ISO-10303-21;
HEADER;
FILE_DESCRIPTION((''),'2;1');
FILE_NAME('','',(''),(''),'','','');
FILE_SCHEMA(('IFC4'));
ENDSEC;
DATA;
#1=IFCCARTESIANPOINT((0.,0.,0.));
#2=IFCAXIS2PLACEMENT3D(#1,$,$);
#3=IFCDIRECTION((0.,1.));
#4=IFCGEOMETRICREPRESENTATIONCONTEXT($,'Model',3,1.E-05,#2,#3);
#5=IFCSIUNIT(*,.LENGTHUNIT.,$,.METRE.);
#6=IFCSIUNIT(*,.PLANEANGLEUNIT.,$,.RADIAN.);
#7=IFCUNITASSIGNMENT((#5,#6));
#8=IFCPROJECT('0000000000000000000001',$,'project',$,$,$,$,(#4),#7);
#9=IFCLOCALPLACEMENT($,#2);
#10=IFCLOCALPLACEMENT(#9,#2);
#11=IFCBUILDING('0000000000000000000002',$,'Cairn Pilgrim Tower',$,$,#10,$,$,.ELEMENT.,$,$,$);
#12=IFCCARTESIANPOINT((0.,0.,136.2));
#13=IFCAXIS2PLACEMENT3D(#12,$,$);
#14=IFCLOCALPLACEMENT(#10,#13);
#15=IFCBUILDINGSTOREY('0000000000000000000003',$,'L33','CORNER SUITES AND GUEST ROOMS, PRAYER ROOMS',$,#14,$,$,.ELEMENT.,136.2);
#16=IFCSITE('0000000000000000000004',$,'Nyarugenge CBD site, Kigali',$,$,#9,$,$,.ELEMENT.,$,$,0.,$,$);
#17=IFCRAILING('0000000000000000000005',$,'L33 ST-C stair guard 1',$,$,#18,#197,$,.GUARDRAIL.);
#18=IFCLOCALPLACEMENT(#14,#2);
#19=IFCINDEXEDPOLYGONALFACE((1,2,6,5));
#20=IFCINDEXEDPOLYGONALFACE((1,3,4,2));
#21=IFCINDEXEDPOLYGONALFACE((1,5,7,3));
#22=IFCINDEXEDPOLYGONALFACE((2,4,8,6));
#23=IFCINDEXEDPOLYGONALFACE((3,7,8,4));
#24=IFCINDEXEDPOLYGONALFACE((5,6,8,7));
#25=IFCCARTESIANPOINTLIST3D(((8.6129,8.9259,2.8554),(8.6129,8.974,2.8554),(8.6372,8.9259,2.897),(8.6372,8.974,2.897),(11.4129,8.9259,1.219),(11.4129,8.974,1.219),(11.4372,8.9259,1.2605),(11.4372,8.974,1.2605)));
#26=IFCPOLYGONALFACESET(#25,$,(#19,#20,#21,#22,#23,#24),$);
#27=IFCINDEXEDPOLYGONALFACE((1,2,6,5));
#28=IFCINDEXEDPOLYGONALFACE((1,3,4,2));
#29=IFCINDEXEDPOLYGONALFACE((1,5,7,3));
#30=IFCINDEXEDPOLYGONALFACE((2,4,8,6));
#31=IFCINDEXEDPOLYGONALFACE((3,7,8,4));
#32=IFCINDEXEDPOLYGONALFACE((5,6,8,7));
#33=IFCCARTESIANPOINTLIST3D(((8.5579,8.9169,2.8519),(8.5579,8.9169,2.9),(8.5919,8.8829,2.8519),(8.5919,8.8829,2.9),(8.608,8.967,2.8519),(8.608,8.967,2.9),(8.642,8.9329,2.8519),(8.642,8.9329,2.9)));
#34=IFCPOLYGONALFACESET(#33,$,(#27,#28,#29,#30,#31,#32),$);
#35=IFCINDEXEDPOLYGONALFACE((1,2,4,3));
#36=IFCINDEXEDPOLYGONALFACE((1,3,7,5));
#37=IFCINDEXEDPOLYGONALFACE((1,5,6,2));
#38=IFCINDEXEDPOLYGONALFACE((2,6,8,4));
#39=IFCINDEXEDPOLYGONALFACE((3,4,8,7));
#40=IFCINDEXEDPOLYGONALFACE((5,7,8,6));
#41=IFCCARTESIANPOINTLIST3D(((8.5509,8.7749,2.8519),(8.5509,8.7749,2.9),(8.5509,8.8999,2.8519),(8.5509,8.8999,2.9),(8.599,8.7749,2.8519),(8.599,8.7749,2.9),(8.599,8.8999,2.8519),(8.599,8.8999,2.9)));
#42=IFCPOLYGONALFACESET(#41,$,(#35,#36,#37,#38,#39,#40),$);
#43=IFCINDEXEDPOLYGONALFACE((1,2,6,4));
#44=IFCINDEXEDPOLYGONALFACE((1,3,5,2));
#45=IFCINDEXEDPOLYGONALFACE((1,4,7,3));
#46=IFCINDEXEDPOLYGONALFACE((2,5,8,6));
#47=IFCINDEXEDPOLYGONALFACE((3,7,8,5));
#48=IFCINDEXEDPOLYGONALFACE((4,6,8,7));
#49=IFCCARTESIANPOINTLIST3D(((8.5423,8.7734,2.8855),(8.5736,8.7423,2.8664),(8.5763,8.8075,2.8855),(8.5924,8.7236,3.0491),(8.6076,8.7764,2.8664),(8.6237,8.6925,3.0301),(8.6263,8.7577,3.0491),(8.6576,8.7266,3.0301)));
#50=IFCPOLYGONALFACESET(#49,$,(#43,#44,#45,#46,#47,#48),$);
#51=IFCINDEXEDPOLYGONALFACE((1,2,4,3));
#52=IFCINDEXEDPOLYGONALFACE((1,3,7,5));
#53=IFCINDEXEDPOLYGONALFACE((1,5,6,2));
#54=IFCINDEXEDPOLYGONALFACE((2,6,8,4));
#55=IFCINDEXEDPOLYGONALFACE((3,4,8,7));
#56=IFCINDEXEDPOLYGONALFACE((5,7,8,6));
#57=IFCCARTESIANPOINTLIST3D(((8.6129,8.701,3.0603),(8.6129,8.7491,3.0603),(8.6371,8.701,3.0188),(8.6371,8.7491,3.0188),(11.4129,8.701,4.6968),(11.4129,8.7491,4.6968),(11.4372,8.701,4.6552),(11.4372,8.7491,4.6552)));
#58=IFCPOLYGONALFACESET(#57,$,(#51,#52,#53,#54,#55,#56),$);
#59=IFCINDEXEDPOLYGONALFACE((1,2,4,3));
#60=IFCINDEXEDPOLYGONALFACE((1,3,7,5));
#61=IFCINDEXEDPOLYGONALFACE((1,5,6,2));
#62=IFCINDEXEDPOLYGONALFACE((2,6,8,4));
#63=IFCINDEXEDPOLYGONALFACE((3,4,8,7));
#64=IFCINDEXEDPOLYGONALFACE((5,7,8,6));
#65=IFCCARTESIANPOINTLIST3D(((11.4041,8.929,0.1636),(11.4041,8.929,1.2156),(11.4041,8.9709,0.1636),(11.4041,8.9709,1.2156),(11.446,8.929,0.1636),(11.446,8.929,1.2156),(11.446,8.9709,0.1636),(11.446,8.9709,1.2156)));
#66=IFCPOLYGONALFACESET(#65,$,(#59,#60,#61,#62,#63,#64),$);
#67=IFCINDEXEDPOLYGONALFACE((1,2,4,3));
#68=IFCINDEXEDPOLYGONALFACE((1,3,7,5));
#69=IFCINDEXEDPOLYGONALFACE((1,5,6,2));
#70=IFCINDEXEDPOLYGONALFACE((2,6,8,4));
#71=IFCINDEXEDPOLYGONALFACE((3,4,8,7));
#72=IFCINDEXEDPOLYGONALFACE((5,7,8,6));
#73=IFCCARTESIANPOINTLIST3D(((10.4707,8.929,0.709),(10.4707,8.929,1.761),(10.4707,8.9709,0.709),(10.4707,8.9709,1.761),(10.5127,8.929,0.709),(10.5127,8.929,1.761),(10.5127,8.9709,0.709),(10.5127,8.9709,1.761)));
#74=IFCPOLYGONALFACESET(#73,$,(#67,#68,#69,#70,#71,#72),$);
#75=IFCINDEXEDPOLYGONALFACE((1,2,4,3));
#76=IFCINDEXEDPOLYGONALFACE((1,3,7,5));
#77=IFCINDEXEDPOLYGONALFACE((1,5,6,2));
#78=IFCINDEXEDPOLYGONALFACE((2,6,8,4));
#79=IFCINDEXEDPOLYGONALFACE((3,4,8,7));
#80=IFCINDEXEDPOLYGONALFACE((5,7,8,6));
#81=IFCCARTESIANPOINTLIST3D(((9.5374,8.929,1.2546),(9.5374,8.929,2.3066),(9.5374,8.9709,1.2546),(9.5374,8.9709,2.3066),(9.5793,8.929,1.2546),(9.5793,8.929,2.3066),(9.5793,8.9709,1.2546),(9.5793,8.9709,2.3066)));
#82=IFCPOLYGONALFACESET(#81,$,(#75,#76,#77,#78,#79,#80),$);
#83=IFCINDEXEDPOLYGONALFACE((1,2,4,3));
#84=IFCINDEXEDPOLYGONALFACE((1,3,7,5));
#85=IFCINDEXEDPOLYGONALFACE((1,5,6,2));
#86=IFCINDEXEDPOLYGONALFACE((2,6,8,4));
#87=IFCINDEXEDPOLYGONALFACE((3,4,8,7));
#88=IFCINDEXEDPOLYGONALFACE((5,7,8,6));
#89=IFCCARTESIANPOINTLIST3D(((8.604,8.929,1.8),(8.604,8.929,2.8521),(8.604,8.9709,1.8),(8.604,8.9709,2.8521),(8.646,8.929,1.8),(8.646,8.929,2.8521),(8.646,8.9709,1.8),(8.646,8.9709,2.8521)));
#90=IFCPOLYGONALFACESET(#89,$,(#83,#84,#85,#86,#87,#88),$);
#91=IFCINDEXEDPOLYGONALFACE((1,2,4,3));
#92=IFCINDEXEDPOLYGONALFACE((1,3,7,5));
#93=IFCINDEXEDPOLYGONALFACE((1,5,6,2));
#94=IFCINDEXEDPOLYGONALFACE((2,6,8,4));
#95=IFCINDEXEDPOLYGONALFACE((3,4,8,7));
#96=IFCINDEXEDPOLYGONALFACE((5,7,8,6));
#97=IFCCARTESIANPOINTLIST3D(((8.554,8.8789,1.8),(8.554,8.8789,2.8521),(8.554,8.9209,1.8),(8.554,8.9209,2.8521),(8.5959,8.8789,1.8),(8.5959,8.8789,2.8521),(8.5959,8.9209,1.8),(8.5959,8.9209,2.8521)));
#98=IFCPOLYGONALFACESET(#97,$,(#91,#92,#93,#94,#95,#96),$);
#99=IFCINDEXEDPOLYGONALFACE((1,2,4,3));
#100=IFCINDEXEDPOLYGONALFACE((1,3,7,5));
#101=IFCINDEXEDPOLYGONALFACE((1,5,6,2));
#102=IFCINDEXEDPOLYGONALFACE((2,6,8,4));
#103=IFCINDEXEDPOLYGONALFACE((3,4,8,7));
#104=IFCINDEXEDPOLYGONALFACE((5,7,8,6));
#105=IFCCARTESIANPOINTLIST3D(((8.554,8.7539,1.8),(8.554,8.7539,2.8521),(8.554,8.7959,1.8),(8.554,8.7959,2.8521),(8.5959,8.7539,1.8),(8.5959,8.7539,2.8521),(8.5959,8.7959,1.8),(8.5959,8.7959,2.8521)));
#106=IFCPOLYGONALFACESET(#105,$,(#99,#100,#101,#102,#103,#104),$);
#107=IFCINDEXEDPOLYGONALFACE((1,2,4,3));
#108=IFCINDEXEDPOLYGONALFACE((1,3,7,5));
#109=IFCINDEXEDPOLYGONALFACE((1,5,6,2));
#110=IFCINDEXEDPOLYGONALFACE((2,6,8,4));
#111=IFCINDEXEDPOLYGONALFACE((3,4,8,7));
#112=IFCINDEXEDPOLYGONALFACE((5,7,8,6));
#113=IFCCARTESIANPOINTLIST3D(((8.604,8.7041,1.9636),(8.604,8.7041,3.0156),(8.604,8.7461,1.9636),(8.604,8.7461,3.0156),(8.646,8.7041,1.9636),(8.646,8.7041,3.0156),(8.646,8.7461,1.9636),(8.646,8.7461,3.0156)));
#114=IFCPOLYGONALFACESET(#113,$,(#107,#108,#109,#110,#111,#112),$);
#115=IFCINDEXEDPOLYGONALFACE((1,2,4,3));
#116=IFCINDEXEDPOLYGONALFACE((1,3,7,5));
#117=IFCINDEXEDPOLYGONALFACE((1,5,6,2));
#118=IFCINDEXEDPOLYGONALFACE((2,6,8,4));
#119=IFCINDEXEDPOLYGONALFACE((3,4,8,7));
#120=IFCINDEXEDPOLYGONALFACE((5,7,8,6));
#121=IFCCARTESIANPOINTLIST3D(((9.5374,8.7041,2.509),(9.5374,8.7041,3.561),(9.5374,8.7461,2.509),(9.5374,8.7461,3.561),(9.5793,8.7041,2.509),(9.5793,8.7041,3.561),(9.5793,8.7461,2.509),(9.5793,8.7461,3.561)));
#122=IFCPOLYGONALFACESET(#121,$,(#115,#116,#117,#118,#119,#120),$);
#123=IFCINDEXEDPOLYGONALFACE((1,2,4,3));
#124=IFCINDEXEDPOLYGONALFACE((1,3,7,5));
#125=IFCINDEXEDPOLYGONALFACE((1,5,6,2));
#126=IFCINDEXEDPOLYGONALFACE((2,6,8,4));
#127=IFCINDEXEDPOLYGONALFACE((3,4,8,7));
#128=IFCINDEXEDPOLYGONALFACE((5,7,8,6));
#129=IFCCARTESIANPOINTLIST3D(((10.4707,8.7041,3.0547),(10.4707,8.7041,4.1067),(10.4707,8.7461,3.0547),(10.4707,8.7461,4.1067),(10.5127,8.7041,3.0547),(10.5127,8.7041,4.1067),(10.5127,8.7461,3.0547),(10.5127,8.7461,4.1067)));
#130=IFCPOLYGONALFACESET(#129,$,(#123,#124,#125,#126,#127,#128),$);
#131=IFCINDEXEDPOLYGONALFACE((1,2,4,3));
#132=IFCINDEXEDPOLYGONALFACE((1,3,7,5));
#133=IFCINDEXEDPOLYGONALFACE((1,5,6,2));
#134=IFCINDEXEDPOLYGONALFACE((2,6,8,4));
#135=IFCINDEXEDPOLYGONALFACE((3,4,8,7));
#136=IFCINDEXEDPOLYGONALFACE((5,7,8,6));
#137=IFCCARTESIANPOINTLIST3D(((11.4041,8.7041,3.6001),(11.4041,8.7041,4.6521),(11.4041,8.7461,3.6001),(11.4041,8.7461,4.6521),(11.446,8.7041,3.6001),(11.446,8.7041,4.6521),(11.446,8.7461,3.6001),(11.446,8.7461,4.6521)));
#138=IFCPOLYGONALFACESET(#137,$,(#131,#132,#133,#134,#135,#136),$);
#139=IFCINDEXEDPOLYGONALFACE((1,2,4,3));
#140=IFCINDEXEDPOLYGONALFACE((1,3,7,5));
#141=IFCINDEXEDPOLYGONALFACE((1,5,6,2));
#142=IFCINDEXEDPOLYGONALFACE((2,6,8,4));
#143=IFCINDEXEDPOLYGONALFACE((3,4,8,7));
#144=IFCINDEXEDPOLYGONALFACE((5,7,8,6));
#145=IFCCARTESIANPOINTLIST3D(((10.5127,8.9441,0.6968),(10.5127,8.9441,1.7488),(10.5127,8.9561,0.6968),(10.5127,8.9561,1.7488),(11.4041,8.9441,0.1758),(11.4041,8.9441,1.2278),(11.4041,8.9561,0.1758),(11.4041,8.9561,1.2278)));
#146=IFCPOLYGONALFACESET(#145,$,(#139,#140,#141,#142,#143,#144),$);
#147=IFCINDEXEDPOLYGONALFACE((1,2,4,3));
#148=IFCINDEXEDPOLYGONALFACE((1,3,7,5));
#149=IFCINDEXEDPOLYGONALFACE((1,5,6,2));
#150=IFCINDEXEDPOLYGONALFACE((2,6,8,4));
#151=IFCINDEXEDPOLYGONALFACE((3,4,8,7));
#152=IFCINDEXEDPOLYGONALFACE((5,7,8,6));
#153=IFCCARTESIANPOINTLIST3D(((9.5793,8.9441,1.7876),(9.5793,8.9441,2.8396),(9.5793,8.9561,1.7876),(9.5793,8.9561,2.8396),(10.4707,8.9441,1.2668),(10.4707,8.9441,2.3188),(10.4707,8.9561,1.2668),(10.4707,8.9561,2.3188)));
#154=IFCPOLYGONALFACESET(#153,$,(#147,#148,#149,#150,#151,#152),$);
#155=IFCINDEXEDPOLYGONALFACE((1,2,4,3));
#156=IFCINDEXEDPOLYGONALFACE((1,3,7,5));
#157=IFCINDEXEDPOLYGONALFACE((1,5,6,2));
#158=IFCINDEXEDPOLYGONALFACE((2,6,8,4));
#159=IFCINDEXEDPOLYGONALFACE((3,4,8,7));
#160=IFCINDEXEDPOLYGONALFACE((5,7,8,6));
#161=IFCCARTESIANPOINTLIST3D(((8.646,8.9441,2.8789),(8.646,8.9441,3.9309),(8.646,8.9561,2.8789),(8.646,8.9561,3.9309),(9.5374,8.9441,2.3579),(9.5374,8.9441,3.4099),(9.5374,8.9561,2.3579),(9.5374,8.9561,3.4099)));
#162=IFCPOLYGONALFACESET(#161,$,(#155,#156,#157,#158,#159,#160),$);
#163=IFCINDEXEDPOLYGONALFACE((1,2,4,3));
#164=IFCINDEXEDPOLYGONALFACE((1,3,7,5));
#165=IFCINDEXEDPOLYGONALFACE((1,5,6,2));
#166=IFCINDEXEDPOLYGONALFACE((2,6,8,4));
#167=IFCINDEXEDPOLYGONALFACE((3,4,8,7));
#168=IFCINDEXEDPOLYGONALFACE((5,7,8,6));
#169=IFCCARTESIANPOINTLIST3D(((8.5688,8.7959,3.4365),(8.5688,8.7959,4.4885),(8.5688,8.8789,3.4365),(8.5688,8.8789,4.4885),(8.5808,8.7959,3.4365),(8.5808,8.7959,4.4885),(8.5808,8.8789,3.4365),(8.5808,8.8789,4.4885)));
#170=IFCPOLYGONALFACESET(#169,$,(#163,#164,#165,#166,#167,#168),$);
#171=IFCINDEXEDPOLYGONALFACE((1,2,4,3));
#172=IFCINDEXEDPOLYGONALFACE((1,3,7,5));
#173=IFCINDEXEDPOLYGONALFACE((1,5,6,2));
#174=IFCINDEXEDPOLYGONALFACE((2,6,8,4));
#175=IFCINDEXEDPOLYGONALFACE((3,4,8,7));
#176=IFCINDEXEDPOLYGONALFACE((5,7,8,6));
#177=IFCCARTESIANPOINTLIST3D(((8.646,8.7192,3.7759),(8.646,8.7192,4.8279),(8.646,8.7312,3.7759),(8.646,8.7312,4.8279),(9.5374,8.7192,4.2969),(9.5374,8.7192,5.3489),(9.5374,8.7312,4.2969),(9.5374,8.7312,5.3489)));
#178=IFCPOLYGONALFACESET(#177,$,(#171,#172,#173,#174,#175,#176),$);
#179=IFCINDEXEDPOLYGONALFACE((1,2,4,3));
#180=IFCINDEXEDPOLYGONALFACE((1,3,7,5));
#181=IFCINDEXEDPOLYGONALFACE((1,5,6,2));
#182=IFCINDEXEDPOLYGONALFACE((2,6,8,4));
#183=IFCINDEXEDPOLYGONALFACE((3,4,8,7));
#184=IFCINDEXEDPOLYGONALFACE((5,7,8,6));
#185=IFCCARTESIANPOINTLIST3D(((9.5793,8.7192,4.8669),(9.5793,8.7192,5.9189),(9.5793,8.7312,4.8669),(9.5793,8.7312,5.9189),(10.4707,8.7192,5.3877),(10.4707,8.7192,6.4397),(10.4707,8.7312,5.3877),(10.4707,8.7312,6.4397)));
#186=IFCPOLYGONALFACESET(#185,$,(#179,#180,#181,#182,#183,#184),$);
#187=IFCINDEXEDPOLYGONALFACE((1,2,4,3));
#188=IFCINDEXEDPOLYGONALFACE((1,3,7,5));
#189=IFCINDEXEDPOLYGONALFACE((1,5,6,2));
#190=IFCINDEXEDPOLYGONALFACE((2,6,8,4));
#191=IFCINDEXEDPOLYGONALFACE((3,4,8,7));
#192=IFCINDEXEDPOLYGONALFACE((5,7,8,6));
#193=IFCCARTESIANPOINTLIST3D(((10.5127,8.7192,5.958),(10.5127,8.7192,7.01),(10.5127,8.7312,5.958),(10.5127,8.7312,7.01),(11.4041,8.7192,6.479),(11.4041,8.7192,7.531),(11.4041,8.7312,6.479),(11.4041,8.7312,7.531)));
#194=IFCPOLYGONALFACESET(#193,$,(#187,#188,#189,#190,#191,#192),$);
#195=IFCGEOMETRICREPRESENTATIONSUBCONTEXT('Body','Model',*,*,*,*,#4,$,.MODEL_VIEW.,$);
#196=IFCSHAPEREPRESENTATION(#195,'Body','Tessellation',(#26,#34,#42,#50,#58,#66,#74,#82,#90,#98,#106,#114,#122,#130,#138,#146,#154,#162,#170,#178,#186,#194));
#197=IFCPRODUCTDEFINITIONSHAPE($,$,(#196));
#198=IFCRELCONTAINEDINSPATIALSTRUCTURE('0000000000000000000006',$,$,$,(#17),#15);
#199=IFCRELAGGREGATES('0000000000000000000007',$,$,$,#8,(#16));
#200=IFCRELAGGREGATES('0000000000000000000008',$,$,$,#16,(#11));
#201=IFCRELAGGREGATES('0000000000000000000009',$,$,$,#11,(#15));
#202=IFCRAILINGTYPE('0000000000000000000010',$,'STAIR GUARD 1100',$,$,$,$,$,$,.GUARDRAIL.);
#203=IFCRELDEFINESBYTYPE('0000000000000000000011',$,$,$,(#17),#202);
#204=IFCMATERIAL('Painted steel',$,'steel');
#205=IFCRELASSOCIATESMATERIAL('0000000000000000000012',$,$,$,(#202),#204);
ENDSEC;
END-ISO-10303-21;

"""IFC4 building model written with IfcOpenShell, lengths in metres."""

from ifc_helpers import new_model, si_unit, direction, frame, origin, origin_2d, place, context, subcontext, project, spatial, polyline, rectangle, outline, extrude, material, type_object, element, save


model = new_model("IFC4")

# Units and contexts
model_context = context("Model", 3, precision=1e-05, world=origin(), true_north=direction((0.0, 1.0)))
body_context = subcontext(model_context, "Body", "Model", "MODEL_VIEW")
ifc_project = project(units=[si_unit("LENGTHUNIT", "METRE"), si_unit("PLANEANGLEUNIT", "RADIAN")], contexts=[model_context])

# Site, building, storey
site_placement = place(None, origin())
site = spatial("IfcSite", under=ifc_project, at=site_placement, Name="Nyarugenge CBD site, Kigali", CompositionType="ELEMENT", RefElevation=0.0)
building_placement = place(site_placement, origin())
building = spatial("IfcBuilding", under=site, at=building_placement, Name="Cairn Pilgrim Tower", CompositionType="ELEMENT")
storey_placement = place(building_placement, frame((0.0, 0.0, 136.2)))
storey = spatial("IfcBuildingStorey", under=building, at=storey_placement, Name="L33", Description="CORNER SUITES AND GUEST ROOMS, PRAYER ROOMS", CompositionType="ELEMENT", Elevation=136.2)

# Shared definitions
ifc_material_1 = material(Name="Painted steel", Category="steel")

# Railing
railing_type_1 = type_object("IfcRailingType", Name="STAIR GUARD 1100", PredefinedType="GUARDRAIL", material=ifc_material_1)
railing_1_placement = place(storey_placement, frame((11.425, 8.95, 0.1636)))
element("IfcRailing", 1, at=railing_1_placement, inside=storey, type_object=railing_type_1, Name="L33 ST-C stair guard 1", PredefinedType="GUARDRAIL", context=body_context, shape_type="SweptSolid", body=[
    extrude(rectangle(XDim=0.0481, YDim=0.0481, at=origin_2d()), frame((0.0, 0.0, 1.0762), z_axis=(-0.863361, 0.0, 0.504587), x_axis=(0.0, -1.0, 0.0)), (0.0, 0.0, 1.0), 3.2432),
    extrude(rectangle(XDim=0.0481, YDim=0.0481, at=origin_2d()), frame((-2.8, 0.0, 2.7124), z_axis=(-0.707107, -0.707107, 0.0), x_axis=(0.707107, -0.707107, 0.0)), (0.0, 0.0, 1.0), 0.0708),
    extrude(rectangle(XDim=0.0481, YDim=0.0481, at=origin_2d()), frame((-2.8501, -0.05, 2.7124), z_axis=(0.0, -1.0, 0.0), x_axis=(1.0, 0.0, 0.0)), (0.0, 0.0, 1.0), 0.125),
    extrude(rectangle(XDim=0.0481, YDim=0.0481, at=origin_2d()), frame((-2.8501, -0.175, 2.7124), z_axis=(0.280917, -0.279546, 0.918118), x_axis=(0.705376, 0.708834, 0.0)), (0.0, 0.0, 1.0), 0.1782),
    extrude(rectangle(XDim=0.0481, YDim=0.0481, at=origin_2d()), frame((-2.8, -0.2249, 2.876), z_axis=(0.863361, 0.0, 0.504587), x_axis=(0.0, 1.0, 0.0)), (0.0, 0.0, 1.0), 3.2432),
    extrude(rectangle(XDim=0.042, YDim=0.042, at=origin_2d()), origin(), (0.0, 0.0, 1.0), 1.052),
    extrude(rectangle(XDim=0.042, YDim=0.042, at=origin_2d()), frame((-0.9333, 0.0, 0.5454)), (0.0, 0.0, 1.0), 1.052),
    extrude(rectangle(XDim=0.042, YDim=0.042, at=origin_2d()), frame((-1.8667, 0.0, 1.0911)), (0.0, 0.0, 1.0), 1.052),
    extrude(rectangle(XDim=0.042, YDim=0.042, at=origin_2d()), frame((-2.8, 0.0, 1.6365)), (0.0, 0.0, 1.0), 1.052),
    extrude(rectangle(XDim=0.042, YDim=0.042, at=origin_2d()), frame((-2.8501, -0.05, 1.6365)), (0.0, 0.0, 1.0), 1.052),
    extrude(rectangle(XDim=0.042, YDim=0.042, at=origin_2d()), frame((-2.8501, -0.175, 1.6365)), (0.0, 0.0, 1.0), 1.052),
    extrude(rectangle(XDim=0.042, YDim=0.042, at=origin_2d()), frame((-2.8, -0.2249, 1.8)), (0.0, 0.0, 1.0), 1.052),
    extrude(rectangle(XDim=0.042, YDim=0.042, at=origin_2d()), frame((-1.8667, -0.2249, 2.3455)), (0.0, 0.0, 1.0), 1.052),
    extrude(rectangle(XDim=0.042, YDim=0.042, at=origin_2d()), frame((-0.9333, -0.2249, 2.8911)), (0.0, 0.0, 1.0), 1.052),
    extrude(rectangle(XDim=0.042, YDim=0.042, at=origin_2d()), frame((0.0, -0.2249, 3.4365)), (0.0, 0.0, 1.0), 1.052),
    extrude(outline(polyline([(0.021, 0.0122), (0.9124, 0.5332), (0.9124, 1.5852), (0.021, 1.0642), (0.021, 0.0122)])), frame((0.0, -0.0059, 0.0), z_axis=(0.0, 1.0, 0.0), x_axis=(-1.0, 0.0, 0.0)), (0.0, 0.0, 1.0), 0.012),
    extrude(outline(polyline([(0.021, 0.5579), (0.9124, 1.0786), (0.9124, 2.1306), (0.021, 1.6099), (0.021, 0.5579)])), frame((-0.9333, -0.0059, 0.5454), z_axis=(0.0, 1.0, 0.0), x_axis=(-1.0, 0.0, 0.0)), (0.0, 0.0, 1.0), 0.012),
    extrude(outline(polyline([(0.021, 1.1033), (0.9124, 1.6243), (0.9124, 2.6763), (0.021, 2.1553), (0.021, 1.1033)])), frame((-1.8667, -0.0059, 1.0911), z_axis=(0.0, 1.0, 0.0), x_axis=(-1.0, 0.0, 0.0)), (0.0, 0.0, 1.0), 0.012),
    extrude(outline(polyline([(0.021, 1.6365), (0.104, 1.6365), (0.104, 2.6885), (0.021, 2.6885), (0.021, 1.6365)])), frame((-2.8442, -0.05, 1.6365), z_axis=(-1.0, 0.0, 0.0), x_axis=(0.0, -1.0, 0.0)), (0.0, 0.0, 1.0), 0.012),
    extrude(outline(polyline([(0.021, 1.8123), (0.9124, 2.3333), (0.9124, 3.3853), (0.021, 2.8643), (0.021, 1.8123)])), frame((-2.8, -0.2188, 1.8), z_axis=(0.0, -1.0, 0.0), x_axis=(1.0, 0.0, 0.0)), (0.0, 0.0, 1.0), 0.012),
    extrude(outline(polyline([(0.021, 2.3579), (0.9124, 2.8787), (0.9124, 3.9307), (0.021, 3.4099), (0.021, 2.3579)])), frame((-1.8667, -0.2188, 2.3455), z_axis=(0.0, -1.0, 0.0), x_axis=(1.0, 0.0, 0.0)), (0.0, 0.0, 1.0), 0.012),
    extrude(outline(polyline([(0.021, 2.9033), (0.9124, 3.4243), (0.9124, 4.4763), (0.021, 3.9553), (0.021, 2.9033)])), frame((-0.9333, -0.2188, 2.8911), z_axis=(0.0, -1.0, 0.0), x_axis=(1.0, 0.0, 0.0)), (0.0, 0.0, 1.0), 0.012),
])

save(model, "model.ifc")
